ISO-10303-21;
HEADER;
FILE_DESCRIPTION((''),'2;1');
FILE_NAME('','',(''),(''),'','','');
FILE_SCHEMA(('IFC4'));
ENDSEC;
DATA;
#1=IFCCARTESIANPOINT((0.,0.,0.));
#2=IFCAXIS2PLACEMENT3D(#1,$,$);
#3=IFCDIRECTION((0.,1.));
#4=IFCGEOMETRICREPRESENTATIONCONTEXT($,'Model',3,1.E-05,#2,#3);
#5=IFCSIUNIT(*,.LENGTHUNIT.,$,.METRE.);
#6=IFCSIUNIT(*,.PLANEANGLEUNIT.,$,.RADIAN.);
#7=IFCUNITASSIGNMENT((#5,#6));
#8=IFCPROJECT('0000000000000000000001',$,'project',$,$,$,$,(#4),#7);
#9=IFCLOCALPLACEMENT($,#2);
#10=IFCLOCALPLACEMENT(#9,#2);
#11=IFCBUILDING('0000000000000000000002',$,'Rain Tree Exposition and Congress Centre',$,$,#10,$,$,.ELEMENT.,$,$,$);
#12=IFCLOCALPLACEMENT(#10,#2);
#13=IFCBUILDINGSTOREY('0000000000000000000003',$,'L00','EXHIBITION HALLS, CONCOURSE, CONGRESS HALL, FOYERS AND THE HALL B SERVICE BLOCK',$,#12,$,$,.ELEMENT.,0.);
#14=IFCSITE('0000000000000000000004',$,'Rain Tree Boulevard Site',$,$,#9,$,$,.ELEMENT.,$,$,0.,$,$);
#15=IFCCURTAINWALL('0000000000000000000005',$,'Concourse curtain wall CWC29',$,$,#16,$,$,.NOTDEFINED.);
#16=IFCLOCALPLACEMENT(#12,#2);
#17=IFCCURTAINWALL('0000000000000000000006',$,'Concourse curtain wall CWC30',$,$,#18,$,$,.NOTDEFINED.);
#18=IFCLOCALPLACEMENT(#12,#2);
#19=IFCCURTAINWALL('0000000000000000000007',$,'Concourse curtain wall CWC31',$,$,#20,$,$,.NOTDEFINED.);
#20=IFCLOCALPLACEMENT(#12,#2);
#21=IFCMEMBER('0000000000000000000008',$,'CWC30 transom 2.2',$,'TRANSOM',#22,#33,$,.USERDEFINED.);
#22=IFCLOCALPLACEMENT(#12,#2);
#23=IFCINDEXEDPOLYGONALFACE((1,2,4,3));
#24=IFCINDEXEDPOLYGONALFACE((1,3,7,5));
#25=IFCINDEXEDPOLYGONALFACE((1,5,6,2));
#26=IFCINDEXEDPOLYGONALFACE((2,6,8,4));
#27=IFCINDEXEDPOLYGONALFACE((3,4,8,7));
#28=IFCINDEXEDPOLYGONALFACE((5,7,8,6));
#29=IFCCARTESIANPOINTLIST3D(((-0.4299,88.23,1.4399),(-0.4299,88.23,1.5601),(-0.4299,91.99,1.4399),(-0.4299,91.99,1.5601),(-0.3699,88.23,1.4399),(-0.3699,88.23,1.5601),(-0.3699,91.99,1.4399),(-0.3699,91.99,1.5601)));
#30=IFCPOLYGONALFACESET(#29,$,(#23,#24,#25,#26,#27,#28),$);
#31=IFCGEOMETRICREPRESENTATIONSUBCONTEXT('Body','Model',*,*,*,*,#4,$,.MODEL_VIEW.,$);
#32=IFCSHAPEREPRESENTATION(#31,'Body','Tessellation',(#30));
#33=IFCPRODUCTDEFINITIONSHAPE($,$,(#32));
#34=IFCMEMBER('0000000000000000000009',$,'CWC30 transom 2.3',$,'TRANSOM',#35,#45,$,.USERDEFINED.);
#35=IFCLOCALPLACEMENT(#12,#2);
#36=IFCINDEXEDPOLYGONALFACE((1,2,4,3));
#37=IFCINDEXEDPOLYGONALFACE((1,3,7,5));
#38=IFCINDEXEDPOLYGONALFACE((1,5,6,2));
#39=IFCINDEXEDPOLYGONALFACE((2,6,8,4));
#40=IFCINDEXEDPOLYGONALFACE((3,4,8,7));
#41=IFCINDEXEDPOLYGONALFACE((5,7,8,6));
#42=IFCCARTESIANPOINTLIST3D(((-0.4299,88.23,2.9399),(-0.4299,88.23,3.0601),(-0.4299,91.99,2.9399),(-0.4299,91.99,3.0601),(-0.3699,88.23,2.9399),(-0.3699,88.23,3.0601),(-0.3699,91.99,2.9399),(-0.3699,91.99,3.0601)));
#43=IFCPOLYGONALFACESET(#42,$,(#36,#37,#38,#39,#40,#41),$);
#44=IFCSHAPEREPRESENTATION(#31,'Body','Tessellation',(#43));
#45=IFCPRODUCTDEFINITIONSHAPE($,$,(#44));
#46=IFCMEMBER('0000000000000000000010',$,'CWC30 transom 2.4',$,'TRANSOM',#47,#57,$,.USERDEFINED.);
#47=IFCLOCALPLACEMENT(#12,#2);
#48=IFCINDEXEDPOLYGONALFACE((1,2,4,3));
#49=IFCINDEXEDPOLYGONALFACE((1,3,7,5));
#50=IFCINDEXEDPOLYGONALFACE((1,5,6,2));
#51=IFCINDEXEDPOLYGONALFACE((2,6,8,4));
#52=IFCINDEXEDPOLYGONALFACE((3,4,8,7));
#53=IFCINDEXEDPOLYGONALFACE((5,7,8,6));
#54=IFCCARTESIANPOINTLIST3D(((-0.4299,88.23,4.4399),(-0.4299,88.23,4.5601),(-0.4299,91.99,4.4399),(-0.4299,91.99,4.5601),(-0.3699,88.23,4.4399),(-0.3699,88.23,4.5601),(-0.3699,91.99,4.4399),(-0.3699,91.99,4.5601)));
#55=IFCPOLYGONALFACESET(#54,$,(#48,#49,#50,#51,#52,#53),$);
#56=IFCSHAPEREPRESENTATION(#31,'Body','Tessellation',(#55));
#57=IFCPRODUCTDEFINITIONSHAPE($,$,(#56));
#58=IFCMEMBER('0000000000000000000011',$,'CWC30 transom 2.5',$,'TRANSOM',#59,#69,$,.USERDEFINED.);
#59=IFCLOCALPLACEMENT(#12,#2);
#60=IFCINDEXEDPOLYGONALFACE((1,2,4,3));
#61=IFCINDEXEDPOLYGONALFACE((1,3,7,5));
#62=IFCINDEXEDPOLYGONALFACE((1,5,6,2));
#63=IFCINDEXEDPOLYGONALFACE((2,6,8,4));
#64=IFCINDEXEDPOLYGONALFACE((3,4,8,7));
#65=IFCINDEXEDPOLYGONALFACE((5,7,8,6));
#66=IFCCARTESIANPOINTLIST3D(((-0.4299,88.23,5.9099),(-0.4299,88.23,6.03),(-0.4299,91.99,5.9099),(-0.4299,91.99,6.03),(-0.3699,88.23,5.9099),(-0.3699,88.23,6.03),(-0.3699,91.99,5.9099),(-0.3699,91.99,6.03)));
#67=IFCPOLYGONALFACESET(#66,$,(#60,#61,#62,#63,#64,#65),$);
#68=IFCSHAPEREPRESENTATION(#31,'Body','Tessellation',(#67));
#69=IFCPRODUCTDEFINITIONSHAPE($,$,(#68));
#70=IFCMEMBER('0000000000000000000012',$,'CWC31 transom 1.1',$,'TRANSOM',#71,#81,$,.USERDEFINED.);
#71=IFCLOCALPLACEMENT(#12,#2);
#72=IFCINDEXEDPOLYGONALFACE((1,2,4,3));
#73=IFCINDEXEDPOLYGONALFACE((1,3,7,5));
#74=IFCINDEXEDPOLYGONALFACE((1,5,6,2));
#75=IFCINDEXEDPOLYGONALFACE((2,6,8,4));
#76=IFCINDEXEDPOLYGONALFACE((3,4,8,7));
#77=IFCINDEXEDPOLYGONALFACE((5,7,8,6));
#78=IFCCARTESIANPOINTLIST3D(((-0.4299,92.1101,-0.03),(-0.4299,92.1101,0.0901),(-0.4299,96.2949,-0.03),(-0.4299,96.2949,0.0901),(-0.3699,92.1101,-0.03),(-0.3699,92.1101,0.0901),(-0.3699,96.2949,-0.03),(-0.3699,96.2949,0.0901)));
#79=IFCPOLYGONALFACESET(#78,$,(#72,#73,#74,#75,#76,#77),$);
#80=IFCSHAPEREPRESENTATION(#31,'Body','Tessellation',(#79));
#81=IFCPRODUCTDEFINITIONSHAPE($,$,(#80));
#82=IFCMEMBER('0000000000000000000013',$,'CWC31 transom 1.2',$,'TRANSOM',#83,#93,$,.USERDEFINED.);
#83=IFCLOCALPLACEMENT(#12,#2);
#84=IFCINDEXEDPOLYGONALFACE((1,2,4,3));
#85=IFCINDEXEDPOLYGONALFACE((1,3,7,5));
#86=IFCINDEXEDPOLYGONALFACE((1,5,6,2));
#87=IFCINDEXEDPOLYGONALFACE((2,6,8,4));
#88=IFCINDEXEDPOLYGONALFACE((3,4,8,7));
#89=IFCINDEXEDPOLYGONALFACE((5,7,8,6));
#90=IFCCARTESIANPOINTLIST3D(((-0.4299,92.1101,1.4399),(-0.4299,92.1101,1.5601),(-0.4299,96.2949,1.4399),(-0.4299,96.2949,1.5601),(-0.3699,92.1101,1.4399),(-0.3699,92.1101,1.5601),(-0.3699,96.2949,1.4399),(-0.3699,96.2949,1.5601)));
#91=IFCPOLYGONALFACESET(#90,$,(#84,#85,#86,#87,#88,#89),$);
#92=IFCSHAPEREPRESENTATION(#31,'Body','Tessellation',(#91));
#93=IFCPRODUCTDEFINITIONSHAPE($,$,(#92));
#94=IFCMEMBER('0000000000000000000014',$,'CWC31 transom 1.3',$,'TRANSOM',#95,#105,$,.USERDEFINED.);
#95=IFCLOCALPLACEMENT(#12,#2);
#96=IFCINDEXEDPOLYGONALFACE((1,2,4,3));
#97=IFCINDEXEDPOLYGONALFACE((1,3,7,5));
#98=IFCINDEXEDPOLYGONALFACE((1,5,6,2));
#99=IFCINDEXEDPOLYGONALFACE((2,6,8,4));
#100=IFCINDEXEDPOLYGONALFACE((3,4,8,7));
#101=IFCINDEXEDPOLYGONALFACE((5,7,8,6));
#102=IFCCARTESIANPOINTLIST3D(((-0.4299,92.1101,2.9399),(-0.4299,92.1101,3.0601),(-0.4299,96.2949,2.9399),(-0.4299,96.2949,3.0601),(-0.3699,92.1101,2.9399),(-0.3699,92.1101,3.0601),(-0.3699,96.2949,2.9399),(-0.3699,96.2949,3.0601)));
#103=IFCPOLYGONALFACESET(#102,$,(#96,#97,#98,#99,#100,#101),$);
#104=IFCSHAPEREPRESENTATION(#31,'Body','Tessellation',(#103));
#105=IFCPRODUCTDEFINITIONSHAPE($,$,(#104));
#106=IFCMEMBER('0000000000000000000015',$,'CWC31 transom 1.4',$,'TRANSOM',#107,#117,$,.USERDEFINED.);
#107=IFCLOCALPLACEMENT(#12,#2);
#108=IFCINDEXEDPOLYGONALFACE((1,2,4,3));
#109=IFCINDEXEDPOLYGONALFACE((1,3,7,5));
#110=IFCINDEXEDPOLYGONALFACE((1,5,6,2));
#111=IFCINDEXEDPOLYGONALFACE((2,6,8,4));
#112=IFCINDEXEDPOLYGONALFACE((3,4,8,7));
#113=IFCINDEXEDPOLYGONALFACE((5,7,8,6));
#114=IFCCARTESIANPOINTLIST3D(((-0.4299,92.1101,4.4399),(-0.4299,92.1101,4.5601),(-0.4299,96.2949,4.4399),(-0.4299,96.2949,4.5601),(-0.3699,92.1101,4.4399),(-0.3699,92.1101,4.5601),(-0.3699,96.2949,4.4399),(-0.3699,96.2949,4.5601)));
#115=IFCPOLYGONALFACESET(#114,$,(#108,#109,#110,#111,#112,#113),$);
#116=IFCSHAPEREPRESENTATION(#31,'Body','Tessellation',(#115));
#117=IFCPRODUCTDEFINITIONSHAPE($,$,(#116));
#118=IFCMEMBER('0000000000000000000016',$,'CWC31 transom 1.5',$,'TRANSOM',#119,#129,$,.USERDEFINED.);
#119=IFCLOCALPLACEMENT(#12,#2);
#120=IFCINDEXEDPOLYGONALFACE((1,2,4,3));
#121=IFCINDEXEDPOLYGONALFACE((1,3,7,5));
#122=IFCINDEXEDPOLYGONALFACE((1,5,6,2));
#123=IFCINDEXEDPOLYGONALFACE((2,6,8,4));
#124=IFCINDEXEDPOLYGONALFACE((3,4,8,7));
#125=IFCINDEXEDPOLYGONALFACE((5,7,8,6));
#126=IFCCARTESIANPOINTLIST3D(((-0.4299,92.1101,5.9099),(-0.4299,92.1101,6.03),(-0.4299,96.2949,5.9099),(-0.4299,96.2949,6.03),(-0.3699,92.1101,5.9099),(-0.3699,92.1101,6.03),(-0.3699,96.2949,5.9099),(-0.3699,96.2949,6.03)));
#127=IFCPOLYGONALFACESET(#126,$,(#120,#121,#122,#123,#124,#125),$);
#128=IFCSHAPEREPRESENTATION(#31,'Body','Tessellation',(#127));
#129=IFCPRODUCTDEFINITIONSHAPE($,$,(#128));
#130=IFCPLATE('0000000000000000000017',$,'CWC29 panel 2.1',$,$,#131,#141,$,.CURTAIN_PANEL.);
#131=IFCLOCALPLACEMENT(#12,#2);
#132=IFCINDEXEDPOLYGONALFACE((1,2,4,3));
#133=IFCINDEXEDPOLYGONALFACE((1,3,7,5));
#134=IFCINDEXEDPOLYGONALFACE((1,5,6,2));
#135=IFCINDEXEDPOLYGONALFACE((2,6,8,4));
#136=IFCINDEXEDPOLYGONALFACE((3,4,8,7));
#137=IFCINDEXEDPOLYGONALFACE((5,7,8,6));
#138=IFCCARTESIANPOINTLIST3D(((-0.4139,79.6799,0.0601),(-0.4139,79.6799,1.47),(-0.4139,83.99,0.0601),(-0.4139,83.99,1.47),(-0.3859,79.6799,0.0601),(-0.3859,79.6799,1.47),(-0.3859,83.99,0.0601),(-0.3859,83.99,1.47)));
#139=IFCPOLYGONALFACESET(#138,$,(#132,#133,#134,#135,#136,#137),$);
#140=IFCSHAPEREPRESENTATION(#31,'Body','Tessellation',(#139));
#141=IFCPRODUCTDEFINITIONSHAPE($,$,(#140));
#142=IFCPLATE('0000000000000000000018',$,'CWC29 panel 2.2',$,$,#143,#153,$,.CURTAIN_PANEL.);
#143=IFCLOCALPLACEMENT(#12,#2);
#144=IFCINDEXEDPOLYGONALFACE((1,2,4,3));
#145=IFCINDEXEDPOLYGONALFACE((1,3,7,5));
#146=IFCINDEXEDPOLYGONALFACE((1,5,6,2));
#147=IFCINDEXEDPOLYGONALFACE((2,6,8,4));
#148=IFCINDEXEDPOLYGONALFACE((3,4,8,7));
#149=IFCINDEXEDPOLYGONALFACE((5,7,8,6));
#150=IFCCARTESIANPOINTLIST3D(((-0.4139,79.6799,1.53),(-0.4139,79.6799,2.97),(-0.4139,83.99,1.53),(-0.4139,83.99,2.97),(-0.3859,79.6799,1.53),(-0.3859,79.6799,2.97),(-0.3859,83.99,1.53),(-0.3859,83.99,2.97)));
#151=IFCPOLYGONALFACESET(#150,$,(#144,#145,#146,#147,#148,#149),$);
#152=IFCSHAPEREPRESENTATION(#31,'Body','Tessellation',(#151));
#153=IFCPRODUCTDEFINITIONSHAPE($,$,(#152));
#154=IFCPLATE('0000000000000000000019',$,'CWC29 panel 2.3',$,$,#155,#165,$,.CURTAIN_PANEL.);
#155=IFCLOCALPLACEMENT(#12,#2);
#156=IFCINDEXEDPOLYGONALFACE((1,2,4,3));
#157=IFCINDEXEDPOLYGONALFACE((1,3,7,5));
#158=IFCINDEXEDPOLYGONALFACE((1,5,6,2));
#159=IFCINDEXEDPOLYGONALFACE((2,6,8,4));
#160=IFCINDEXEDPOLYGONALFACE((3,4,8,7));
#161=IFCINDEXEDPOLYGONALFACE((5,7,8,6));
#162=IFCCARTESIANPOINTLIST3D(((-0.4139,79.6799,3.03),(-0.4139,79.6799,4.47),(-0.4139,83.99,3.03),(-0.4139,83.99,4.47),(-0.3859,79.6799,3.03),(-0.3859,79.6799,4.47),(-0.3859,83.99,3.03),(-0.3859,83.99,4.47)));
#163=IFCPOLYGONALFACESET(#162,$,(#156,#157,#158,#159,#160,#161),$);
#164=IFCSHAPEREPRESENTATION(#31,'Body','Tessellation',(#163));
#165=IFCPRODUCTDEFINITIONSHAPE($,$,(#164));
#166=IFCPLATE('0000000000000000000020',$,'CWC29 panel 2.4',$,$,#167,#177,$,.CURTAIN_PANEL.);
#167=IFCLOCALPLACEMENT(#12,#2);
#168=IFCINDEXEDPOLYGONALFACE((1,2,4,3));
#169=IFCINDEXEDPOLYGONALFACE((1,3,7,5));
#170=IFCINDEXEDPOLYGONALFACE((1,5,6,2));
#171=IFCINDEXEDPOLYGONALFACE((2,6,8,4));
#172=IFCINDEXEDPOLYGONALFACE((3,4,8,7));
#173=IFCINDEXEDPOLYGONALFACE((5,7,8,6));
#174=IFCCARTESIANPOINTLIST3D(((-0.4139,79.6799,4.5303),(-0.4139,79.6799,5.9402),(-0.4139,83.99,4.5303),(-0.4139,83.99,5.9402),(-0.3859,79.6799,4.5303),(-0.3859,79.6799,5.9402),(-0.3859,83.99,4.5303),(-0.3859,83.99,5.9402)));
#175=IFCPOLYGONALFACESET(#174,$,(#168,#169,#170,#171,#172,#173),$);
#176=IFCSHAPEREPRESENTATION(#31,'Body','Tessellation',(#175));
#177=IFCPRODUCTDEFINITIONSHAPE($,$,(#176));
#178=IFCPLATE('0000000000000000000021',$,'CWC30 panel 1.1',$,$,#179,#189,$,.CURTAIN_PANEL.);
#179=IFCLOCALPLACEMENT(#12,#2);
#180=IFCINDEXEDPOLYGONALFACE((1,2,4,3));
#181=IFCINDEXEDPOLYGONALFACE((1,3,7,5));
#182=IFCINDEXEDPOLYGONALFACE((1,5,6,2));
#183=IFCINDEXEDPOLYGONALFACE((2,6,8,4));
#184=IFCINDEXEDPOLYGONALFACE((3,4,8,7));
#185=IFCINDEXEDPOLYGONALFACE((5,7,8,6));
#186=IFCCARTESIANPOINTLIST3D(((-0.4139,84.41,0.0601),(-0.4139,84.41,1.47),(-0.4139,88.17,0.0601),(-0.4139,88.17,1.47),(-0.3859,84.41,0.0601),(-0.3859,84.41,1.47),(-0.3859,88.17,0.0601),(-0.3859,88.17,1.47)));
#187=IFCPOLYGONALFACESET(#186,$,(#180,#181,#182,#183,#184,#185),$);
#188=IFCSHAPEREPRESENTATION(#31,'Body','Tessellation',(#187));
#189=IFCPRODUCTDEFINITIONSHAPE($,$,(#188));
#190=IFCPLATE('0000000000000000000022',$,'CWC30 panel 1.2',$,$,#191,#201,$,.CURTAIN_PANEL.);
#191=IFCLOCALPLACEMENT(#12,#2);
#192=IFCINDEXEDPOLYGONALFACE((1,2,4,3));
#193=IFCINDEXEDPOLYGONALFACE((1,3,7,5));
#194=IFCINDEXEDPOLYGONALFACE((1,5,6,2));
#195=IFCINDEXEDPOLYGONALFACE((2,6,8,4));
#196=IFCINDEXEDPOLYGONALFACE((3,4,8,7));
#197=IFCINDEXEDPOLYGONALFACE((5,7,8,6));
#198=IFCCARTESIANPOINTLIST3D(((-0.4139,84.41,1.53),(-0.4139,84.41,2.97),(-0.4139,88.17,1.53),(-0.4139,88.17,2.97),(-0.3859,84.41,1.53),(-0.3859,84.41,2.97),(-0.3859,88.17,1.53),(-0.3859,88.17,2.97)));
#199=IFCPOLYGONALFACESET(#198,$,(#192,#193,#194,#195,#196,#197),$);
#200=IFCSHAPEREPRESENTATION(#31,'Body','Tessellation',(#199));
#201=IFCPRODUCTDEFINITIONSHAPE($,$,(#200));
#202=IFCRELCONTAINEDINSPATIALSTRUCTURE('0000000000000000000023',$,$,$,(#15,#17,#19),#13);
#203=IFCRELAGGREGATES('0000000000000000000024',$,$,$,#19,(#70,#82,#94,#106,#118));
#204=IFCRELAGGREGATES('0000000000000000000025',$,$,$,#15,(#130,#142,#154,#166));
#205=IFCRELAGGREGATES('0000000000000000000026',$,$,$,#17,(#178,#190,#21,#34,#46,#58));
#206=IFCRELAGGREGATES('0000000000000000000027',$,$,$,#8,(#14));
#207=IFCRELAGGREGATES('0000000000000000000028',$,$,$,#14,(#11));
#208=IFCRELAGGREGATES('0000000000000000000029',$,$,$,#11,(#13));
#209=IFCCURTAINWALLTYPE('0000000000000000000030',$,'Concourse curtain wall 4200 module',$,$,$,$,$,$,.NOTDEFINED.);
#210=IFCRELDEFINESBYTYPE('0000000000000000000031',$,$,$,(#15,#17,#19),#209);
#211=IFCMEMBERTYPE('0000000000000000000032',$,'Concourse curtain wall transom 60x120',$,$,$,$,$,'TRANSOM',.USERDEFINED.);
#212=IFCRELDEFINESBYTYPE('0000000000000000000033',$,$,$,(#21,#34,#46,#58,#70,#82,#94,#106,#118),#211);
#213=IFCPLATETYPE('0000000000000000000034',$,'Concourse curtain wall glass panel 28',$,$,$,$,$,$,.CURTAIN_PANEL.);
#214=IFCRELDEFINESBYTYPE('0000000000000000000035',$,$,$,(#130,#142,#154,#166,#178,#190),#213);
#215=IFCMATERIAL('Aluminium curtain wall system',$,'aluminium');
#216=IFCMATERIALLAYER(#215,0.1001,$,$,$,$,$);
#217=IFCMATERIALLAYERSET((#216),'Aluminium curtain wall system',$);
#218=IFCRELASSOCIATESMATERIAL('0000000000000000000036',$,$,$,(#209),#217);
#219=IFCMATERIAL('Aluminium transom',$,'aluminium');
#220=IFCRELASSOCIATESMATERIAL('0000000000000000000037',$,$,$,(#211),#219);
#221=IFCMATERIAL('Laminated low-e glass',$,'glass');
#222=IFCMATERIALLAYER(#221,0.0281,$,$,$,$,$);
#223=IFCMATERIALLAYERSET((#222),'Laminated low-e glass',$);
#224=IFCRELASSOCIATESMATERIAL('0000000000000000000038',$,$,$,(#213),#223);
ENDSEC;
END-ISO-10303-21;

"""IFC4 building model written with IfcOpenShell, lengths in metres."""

from ifc_helpers import new_model, si_unit, direction, frame, origin, origin_2d, place, context, subcontext, project, spatial, rectangle, extrude, material, layer, layer_set, material_profile, profile_set, type_object, element, aggregate, save


model = new_model("IFC4")

# Units and contexts
model_context = context("Model", 3, precision=1e-05, world=origin(), true_north=direction((0.0, 1.0)))
body_context = subcontext(model_context, "Body", "Model", "MODEL_VIEW")
ifc_project = project(units=[si_unit("LENGTHUNIT", "METRE"), si_unit("PLANEANGLEUNIT", "RADIAN")], contexts=[model_context])

# Site, building, storey
site_placement = place(None, origin())
site = spatial("IfcSite", under=ifc_project, at=site_placement, Name="Rain Tree Boulevard Site", CompositionType="ELEMENT", RefElevation=0.0)
building_placement = place(site_placement, origin())
building = spatial("IfcBuilding", under=site, at=building_placement, Name="Rain Tree Exposition and Congress Centre", CompositionType="ELEMENT")
storey_placement = place(building_placement, origin())
storey = spatial("IfcBuildingStorey", under=building, at=storey_placement, Name="L00", Description="EXHIBITION HALLS, CONCOURSE, CONGRESS HALL, FOYERS AND THE HALL B SERVICE BLOCK", CompositionType="ELEMENT", Elevation=0.0)

# Curtain wall
ifc_material_1 = material(Name="Aluminium curtain wall system", Category="aluminium")
ifc_layer_1 = layer(ifc_material_1, 0.1001)
ifc_layer_set_1 = layer_set([ifc_layer_1], Name="Aluminium curtain wall system")
curtain_wall_type = type_object("IfcCurtainWallType", Name="Concourse curtain wall 4200 module", PredefinedType="NOTDEFINED", material=ifc_layer_set_1)
curtain_wall_1_placement = place(storey_placement, origin())
curtain_wall_1 = element("IfcCurtainWall", 1, at=curtain_wall_1_placement, inside=storey, type_object=curtain_wall_type, Name="Concourse curtain wall CWC29", PredefinedType="NOTDEFINED")

# Curtain wall
curtain_wall_2_placement = place(storey_placement, origin())
curtain_wall_2 = element("IfcCurtainWall", 2, at=curtain_wall_2_placement, inside=storey, type_object=curtain_wall_type, Name="Concourse curtain wall CWC30", PredefinedType="NOTDEFINED")

# Curtain wall
curtain_wall_3_placement = place(storey_placement, origin())
curtain_wall_3 = element("IfcCurtainWall", 3, at=curtain_wall_3_placement, inside=storey, type_object=curtain_wall_type, Name="Concourse curtain wall CWC31", PredefinedType="NOTDEFINED")

# Members
ifc_material_2 = material(Name="Aluminium transom", Category="aluminium")
ifc_material_profile_1 = material_profile(ifc_material_2, rectangle(XDim=0.0601, YDim=0.1201, at=origin_2d()), Name="AL 60x120")
ifc_profile_set_1 = profile_set([ifc_material_profile_1], Name="Aluminium transom")
member_type_1 = type_object("IfcMemberType", Name="Concourse curtain wall transom 60x120", ElementType="TRANSOM", PredefinedType="USERDEFINED", material=ifc_profile_set_1)
member_1_placement = place(storey_placement, frame((-0.3999, 88.23, 1.5), z_axis=(0.0, 1.0, 0.0), x_axis=(-1.0, 0.0, 0.0)))
member_1 = element("IfcMember", 4, at=member_1_placement, type_object=member_type_1, Name="CWC30 transom 2.2", ObjectType="TRANSOM", PredefinedType="USERDEFINED", context=body_context, shape_type="SweptSolid", body=[
    extrude(rectangle(XDim=0.0601, YDim=0.1201, at=origin_2d()), origin(), (0.0, 0.0, 1.0), 3.76),
])
member_2_placement = place(storey_placement, frame((-0.3999, 88.23, 3.0), z_axis=(0.0, 1.0, 0.0), x_axis=(-1.0, 0.0, 0.0)))
member_2 = element("IfcMember", 5, at=member_2_placement, type_object=member_type_1, Name="CWC30 transom 2.3", ObjectType="TRANSOM", PredefinedType="USERDEFINED", context=body_context, shape_type="SweptSolid", body=[
    extrude(rectangle(XDim=0.0601, YDim=0.1201, at=origin_2d()), origin(), (0.0, 0.0, 1.0), 3.76),
])
member_3_placement = place(storey_placement, frame((-0.3999, 88.23, 4.5), z_axis=(0.0, 1.0, 0.0), x_axis=(-1.0, 0.0, 0.0)))
member_3 = element("IfcMember", 6, at=member_3_placement, type_object=member_type_1, Name="CWC30 transom 2.4", ObjectType="TRANSOM", PredefinedType="USERDEFINED", context=body_context, shape_type="SweptSolid", body=[
    extrude(rectangle(XDim=0.0601, YDim=0.1201, at=origin_2d()), origin(), (0.0, 0.0, 1.0), 3.76),
])
member_4_placement = place(storey_placement, frame((-0.3999, 88.23, 5.97), z_axis=(0.0, 1.0, 0.0), x_axis=(-1.0, 0.0, 0.0)))
member_4 = element("IfcMember", 7, at=member_4_placement, type_object=member_type_1, Name="CWC30 transom 2.5", ObjectType="TRANSOM", PredefinedType="USERDEFINED", context=body_context, shape_type="SweptSolid", body=[
    extrude(rectangle(XDim=0.0601, YDim=0.1201, at=origin_2d()), origin(), (0.0, 0.0, 1.0), 3.76),
])
member_5_placement = place(storey_placement, frame((-0.3999, 92.1101, 0.03), z_axis=(0.0, 1.0, 0.0), x_axis=(-1.0, 0.0, 0.0)))
member_5 = element("IfcMember", 8, at=member_5_placement, type_object=member_type_1, Name="CWC31 transom 1.1", ObjectType="TRANSOM", PredefinedType="USERDEFINED", context=body_context, shape_type="SweptSolid", body=[
    extrude(rectangle(XDim=0.0601, YDim=0.1201, at=origin_2d()), origin(), (0.0, 0.0, 1.0), 4.1848),
])
member_6_placement = place(storey_placement, frame((-0.3999, 92.1101, 1.5), z_axis=(0.0, 1.0, 0.0), x_axis=(-1.0, 0.0, 0.0)))
member_6 = element("IfcMember", 9, at=member_6_placement, type_object=member_type_1, Name="CWC31 transom 1.2", ObjectType="TRANSOM", PredefinedType="USERDEFINED", context=body_context, shape_type="SweptSolid", body=[
    extrude(rectangle(XDim=0.0601, YDim=0.1201, at=origin_2d()), origin(), (0.0, 0.0, 1.0), 4.1848),
])
member_7_placement = place(storey_placement, frame((-0.3999, 92.1101, 3.0), z_axis=(0.0, 1.0, 0.0), x_axis=(-1.0, 0.0, 0.0)))
member_7 = element("IfcMember", 10, at=member_7_placement, type_object=member_type_1, Name="CWC31 transom 1.3", ObjectType="TRANSOM", PredefinedType="USERDEFINED", context=body_context, shape_type="SweptSolid", body=[
    extrude(rectangle(XDim=0.0601, YDim=0.1201, at=origin_2d()), origin(), (0.0, 0.0, 1.0), 4.1848),
])
member_8_placement = place(storey_placement, frame((-0.3999, 92.1101, 4.5), z_axis=(0.0, 1.0, 0.0), x_axis=(-1.0, 0.0, 0.0)))
member_8 = element("IfcMember", 11, at=member_8_placement, type_object=member_type_1, Name="CWC31 transom 1.4", ObjectType="TRANSOM", PredefinedType="USERDEFINED", context=body_context, shape_type="SweptSolid", body=[
    extrude(rectangle(XDim=0.0601, YDim=0.1201, at=origin_2d()), origin(), (0.0, 0.0, 1.0), 4.1848),
])
member_9_placement = place(storey_placement, frame((-0.3999, 92.1101, 5.97), z_axis=(0.0, 1.0, 0.0), x_axis=(-1.0, 0.0, 0.0)))
member_9 = element("IfcMember", 12, at=member_9_placement, type_object=member_type_1, Name="CWC31 transom 1.5", ObjectType="TRANSOM", PredefinedType="USERDEFINED", context=body_context, shape_type="SweptSolid", body=[
    extrude(rectangle(XDim=0.0601, YDim=0.1201, at=origin_2d()), origin(), (0.0, 0.0, 1.0), 4.1848),
])
aggregate(curtain_wall_3, [member_5, member_6, member_7, member_8, member_9])

# Plates
ifc_material_3 = material(Name="Laminated low-e glass", Category="glass")
ifc_layer_2 = layer(ifc_material_3, 0.0281)
ifc_layer_set_2 = layer_set([ifc_layer_2], Name="Laminated low-e glass")
plate_type = type_object("IfcPlateType", Name="Concourse curtain wall glass panel 28", PredefinedType="CURTAIN_PANEL", material=ifc_layer_set_2)
plate_1_placement = place(storey_placement, frame((-0.3999, 81.835, 0.0601), z_axis=(0.0, 0.0, 1.0), x_axis=(0.0, 1.0, 0.0)))
plate_1 = element("IfcPlate", 13, at=plate_1_placement, type_object=plate_type, Name="CWC29 panel 2.1", PredefinedType="CURTAIN_PANEL", context=body_context, shape_type="SweptSolid", body=[
    extrude(rectangle(XDim=4.3101, YDim=0.0281, at=origin_2d()), origin(), (0.0, 0.0, 1.0), 1.4099),
])
plate_2_placement = place(storey_placement, frame((-0.3999, 81.835, 1.53), z_axis=(0.0, 0.0, 1.0), x_axis=(0.0, 1.0, 0.0)))
plate_2 = element("IfcPlate", 14, at=plate_2_placement, type_object=plate_type, Name="CWC29 panel 2.2", PredefinedType="CURTAIN_PANEL", context=body_context, shape_type="SweptSolid", body=[
    extrude(rectangle(XDim=4.3101, YDim=0.0281, at=origin_2d()), origin(), (0.0, 0.0, 1.0), 1.4399),
])
plate_3_placement = place(storey_placement, frame((-0.3999, 81.835, 3.03), z_axis=(0.0, 0.0, 1.0), x_axis=(0.0, 1.0, 0.0)))
plate_3 = element("IfcPlate", 15, at=plate_3_placement, type_object=plate_type, Name="CWC29 panel 2.3", PredefinedType="CURTAIN_PANEL", context=body_context, shape_type="SweptSolid", body=[
    extrude(rectangle(XDim=4.3101, YDim=0.0281, at=origin_2d()), origin(), (0.0, 0.0, 1.0), 1.4399),
])
plate_4_placement = place(storey_placement, frame((-0.3999, 81.835, 4.5303), z_axis=(0.0, 0.0, 1.0), x_axis=(0.0, 1.0, 0.0)))
plate_4 = element("IfcPlate", 16, at=plate_4_placement, type_object=plate_type, Name="CWC29 panel 2.4", PredefinedType="CURTAIN_PANEL", context=body_context, shape_type="SweptSolid", body=[
    extrude(rectangle(XDim=4.3101, YDim=0.0281, at=origin_2d()), origin(), (0.0, 0.0, 1.0), 1.4099),
])
aggregate(curtain_wall_1, [plate_1, plate_2, plate_3, plate_4])
plate_5_placement = place(storey_placement, frame((-0.3999, 86.29, 0.0601), z_axis=(0.0, 0.0, 1.0), x_axis=(0.0, 1.0, 0.0)))
plate_5 = element("IfcPlate", 17, at=plate_5_placement, type_object=plate_type, Name="CWC30 panel 1.1", PredefinedType="CURTAIN_PANEL", context=body_context, shape_type="SweptSolid", body=[
    extrude(rectangle(XDim=3.76, YDim=0.0281, at=origin_2d()), origin(), (0.0, 0.0, 1.0), 1.4099),
])
plate_6_placement = place(storey_placement, frame((-0.3999, 86.29, 1.53), z_axis=(0.0, 0.0, 1.0), x_axis=(0.0, 1.0, 0.0)))
plate_6 = element("IfcPlate", 18, at=plate_6_placement, type_object=plate_type, Name="CWC30 panel 1.2", PredefinedType="CURTAIN_PANEL", context=body_context, shape_type="SweptSolid", body=[
    extrude(rectangle(XDim=3.76, YDim=0.0281, at=origin_2d()), origin(), (0.0, 0.0, 1.0), 1.4399),
])
aggregate(curtain_wall_2, [plate_5, plate_6, member_1, member_2, member_3, member_4])

save(model, "model.ifc")
